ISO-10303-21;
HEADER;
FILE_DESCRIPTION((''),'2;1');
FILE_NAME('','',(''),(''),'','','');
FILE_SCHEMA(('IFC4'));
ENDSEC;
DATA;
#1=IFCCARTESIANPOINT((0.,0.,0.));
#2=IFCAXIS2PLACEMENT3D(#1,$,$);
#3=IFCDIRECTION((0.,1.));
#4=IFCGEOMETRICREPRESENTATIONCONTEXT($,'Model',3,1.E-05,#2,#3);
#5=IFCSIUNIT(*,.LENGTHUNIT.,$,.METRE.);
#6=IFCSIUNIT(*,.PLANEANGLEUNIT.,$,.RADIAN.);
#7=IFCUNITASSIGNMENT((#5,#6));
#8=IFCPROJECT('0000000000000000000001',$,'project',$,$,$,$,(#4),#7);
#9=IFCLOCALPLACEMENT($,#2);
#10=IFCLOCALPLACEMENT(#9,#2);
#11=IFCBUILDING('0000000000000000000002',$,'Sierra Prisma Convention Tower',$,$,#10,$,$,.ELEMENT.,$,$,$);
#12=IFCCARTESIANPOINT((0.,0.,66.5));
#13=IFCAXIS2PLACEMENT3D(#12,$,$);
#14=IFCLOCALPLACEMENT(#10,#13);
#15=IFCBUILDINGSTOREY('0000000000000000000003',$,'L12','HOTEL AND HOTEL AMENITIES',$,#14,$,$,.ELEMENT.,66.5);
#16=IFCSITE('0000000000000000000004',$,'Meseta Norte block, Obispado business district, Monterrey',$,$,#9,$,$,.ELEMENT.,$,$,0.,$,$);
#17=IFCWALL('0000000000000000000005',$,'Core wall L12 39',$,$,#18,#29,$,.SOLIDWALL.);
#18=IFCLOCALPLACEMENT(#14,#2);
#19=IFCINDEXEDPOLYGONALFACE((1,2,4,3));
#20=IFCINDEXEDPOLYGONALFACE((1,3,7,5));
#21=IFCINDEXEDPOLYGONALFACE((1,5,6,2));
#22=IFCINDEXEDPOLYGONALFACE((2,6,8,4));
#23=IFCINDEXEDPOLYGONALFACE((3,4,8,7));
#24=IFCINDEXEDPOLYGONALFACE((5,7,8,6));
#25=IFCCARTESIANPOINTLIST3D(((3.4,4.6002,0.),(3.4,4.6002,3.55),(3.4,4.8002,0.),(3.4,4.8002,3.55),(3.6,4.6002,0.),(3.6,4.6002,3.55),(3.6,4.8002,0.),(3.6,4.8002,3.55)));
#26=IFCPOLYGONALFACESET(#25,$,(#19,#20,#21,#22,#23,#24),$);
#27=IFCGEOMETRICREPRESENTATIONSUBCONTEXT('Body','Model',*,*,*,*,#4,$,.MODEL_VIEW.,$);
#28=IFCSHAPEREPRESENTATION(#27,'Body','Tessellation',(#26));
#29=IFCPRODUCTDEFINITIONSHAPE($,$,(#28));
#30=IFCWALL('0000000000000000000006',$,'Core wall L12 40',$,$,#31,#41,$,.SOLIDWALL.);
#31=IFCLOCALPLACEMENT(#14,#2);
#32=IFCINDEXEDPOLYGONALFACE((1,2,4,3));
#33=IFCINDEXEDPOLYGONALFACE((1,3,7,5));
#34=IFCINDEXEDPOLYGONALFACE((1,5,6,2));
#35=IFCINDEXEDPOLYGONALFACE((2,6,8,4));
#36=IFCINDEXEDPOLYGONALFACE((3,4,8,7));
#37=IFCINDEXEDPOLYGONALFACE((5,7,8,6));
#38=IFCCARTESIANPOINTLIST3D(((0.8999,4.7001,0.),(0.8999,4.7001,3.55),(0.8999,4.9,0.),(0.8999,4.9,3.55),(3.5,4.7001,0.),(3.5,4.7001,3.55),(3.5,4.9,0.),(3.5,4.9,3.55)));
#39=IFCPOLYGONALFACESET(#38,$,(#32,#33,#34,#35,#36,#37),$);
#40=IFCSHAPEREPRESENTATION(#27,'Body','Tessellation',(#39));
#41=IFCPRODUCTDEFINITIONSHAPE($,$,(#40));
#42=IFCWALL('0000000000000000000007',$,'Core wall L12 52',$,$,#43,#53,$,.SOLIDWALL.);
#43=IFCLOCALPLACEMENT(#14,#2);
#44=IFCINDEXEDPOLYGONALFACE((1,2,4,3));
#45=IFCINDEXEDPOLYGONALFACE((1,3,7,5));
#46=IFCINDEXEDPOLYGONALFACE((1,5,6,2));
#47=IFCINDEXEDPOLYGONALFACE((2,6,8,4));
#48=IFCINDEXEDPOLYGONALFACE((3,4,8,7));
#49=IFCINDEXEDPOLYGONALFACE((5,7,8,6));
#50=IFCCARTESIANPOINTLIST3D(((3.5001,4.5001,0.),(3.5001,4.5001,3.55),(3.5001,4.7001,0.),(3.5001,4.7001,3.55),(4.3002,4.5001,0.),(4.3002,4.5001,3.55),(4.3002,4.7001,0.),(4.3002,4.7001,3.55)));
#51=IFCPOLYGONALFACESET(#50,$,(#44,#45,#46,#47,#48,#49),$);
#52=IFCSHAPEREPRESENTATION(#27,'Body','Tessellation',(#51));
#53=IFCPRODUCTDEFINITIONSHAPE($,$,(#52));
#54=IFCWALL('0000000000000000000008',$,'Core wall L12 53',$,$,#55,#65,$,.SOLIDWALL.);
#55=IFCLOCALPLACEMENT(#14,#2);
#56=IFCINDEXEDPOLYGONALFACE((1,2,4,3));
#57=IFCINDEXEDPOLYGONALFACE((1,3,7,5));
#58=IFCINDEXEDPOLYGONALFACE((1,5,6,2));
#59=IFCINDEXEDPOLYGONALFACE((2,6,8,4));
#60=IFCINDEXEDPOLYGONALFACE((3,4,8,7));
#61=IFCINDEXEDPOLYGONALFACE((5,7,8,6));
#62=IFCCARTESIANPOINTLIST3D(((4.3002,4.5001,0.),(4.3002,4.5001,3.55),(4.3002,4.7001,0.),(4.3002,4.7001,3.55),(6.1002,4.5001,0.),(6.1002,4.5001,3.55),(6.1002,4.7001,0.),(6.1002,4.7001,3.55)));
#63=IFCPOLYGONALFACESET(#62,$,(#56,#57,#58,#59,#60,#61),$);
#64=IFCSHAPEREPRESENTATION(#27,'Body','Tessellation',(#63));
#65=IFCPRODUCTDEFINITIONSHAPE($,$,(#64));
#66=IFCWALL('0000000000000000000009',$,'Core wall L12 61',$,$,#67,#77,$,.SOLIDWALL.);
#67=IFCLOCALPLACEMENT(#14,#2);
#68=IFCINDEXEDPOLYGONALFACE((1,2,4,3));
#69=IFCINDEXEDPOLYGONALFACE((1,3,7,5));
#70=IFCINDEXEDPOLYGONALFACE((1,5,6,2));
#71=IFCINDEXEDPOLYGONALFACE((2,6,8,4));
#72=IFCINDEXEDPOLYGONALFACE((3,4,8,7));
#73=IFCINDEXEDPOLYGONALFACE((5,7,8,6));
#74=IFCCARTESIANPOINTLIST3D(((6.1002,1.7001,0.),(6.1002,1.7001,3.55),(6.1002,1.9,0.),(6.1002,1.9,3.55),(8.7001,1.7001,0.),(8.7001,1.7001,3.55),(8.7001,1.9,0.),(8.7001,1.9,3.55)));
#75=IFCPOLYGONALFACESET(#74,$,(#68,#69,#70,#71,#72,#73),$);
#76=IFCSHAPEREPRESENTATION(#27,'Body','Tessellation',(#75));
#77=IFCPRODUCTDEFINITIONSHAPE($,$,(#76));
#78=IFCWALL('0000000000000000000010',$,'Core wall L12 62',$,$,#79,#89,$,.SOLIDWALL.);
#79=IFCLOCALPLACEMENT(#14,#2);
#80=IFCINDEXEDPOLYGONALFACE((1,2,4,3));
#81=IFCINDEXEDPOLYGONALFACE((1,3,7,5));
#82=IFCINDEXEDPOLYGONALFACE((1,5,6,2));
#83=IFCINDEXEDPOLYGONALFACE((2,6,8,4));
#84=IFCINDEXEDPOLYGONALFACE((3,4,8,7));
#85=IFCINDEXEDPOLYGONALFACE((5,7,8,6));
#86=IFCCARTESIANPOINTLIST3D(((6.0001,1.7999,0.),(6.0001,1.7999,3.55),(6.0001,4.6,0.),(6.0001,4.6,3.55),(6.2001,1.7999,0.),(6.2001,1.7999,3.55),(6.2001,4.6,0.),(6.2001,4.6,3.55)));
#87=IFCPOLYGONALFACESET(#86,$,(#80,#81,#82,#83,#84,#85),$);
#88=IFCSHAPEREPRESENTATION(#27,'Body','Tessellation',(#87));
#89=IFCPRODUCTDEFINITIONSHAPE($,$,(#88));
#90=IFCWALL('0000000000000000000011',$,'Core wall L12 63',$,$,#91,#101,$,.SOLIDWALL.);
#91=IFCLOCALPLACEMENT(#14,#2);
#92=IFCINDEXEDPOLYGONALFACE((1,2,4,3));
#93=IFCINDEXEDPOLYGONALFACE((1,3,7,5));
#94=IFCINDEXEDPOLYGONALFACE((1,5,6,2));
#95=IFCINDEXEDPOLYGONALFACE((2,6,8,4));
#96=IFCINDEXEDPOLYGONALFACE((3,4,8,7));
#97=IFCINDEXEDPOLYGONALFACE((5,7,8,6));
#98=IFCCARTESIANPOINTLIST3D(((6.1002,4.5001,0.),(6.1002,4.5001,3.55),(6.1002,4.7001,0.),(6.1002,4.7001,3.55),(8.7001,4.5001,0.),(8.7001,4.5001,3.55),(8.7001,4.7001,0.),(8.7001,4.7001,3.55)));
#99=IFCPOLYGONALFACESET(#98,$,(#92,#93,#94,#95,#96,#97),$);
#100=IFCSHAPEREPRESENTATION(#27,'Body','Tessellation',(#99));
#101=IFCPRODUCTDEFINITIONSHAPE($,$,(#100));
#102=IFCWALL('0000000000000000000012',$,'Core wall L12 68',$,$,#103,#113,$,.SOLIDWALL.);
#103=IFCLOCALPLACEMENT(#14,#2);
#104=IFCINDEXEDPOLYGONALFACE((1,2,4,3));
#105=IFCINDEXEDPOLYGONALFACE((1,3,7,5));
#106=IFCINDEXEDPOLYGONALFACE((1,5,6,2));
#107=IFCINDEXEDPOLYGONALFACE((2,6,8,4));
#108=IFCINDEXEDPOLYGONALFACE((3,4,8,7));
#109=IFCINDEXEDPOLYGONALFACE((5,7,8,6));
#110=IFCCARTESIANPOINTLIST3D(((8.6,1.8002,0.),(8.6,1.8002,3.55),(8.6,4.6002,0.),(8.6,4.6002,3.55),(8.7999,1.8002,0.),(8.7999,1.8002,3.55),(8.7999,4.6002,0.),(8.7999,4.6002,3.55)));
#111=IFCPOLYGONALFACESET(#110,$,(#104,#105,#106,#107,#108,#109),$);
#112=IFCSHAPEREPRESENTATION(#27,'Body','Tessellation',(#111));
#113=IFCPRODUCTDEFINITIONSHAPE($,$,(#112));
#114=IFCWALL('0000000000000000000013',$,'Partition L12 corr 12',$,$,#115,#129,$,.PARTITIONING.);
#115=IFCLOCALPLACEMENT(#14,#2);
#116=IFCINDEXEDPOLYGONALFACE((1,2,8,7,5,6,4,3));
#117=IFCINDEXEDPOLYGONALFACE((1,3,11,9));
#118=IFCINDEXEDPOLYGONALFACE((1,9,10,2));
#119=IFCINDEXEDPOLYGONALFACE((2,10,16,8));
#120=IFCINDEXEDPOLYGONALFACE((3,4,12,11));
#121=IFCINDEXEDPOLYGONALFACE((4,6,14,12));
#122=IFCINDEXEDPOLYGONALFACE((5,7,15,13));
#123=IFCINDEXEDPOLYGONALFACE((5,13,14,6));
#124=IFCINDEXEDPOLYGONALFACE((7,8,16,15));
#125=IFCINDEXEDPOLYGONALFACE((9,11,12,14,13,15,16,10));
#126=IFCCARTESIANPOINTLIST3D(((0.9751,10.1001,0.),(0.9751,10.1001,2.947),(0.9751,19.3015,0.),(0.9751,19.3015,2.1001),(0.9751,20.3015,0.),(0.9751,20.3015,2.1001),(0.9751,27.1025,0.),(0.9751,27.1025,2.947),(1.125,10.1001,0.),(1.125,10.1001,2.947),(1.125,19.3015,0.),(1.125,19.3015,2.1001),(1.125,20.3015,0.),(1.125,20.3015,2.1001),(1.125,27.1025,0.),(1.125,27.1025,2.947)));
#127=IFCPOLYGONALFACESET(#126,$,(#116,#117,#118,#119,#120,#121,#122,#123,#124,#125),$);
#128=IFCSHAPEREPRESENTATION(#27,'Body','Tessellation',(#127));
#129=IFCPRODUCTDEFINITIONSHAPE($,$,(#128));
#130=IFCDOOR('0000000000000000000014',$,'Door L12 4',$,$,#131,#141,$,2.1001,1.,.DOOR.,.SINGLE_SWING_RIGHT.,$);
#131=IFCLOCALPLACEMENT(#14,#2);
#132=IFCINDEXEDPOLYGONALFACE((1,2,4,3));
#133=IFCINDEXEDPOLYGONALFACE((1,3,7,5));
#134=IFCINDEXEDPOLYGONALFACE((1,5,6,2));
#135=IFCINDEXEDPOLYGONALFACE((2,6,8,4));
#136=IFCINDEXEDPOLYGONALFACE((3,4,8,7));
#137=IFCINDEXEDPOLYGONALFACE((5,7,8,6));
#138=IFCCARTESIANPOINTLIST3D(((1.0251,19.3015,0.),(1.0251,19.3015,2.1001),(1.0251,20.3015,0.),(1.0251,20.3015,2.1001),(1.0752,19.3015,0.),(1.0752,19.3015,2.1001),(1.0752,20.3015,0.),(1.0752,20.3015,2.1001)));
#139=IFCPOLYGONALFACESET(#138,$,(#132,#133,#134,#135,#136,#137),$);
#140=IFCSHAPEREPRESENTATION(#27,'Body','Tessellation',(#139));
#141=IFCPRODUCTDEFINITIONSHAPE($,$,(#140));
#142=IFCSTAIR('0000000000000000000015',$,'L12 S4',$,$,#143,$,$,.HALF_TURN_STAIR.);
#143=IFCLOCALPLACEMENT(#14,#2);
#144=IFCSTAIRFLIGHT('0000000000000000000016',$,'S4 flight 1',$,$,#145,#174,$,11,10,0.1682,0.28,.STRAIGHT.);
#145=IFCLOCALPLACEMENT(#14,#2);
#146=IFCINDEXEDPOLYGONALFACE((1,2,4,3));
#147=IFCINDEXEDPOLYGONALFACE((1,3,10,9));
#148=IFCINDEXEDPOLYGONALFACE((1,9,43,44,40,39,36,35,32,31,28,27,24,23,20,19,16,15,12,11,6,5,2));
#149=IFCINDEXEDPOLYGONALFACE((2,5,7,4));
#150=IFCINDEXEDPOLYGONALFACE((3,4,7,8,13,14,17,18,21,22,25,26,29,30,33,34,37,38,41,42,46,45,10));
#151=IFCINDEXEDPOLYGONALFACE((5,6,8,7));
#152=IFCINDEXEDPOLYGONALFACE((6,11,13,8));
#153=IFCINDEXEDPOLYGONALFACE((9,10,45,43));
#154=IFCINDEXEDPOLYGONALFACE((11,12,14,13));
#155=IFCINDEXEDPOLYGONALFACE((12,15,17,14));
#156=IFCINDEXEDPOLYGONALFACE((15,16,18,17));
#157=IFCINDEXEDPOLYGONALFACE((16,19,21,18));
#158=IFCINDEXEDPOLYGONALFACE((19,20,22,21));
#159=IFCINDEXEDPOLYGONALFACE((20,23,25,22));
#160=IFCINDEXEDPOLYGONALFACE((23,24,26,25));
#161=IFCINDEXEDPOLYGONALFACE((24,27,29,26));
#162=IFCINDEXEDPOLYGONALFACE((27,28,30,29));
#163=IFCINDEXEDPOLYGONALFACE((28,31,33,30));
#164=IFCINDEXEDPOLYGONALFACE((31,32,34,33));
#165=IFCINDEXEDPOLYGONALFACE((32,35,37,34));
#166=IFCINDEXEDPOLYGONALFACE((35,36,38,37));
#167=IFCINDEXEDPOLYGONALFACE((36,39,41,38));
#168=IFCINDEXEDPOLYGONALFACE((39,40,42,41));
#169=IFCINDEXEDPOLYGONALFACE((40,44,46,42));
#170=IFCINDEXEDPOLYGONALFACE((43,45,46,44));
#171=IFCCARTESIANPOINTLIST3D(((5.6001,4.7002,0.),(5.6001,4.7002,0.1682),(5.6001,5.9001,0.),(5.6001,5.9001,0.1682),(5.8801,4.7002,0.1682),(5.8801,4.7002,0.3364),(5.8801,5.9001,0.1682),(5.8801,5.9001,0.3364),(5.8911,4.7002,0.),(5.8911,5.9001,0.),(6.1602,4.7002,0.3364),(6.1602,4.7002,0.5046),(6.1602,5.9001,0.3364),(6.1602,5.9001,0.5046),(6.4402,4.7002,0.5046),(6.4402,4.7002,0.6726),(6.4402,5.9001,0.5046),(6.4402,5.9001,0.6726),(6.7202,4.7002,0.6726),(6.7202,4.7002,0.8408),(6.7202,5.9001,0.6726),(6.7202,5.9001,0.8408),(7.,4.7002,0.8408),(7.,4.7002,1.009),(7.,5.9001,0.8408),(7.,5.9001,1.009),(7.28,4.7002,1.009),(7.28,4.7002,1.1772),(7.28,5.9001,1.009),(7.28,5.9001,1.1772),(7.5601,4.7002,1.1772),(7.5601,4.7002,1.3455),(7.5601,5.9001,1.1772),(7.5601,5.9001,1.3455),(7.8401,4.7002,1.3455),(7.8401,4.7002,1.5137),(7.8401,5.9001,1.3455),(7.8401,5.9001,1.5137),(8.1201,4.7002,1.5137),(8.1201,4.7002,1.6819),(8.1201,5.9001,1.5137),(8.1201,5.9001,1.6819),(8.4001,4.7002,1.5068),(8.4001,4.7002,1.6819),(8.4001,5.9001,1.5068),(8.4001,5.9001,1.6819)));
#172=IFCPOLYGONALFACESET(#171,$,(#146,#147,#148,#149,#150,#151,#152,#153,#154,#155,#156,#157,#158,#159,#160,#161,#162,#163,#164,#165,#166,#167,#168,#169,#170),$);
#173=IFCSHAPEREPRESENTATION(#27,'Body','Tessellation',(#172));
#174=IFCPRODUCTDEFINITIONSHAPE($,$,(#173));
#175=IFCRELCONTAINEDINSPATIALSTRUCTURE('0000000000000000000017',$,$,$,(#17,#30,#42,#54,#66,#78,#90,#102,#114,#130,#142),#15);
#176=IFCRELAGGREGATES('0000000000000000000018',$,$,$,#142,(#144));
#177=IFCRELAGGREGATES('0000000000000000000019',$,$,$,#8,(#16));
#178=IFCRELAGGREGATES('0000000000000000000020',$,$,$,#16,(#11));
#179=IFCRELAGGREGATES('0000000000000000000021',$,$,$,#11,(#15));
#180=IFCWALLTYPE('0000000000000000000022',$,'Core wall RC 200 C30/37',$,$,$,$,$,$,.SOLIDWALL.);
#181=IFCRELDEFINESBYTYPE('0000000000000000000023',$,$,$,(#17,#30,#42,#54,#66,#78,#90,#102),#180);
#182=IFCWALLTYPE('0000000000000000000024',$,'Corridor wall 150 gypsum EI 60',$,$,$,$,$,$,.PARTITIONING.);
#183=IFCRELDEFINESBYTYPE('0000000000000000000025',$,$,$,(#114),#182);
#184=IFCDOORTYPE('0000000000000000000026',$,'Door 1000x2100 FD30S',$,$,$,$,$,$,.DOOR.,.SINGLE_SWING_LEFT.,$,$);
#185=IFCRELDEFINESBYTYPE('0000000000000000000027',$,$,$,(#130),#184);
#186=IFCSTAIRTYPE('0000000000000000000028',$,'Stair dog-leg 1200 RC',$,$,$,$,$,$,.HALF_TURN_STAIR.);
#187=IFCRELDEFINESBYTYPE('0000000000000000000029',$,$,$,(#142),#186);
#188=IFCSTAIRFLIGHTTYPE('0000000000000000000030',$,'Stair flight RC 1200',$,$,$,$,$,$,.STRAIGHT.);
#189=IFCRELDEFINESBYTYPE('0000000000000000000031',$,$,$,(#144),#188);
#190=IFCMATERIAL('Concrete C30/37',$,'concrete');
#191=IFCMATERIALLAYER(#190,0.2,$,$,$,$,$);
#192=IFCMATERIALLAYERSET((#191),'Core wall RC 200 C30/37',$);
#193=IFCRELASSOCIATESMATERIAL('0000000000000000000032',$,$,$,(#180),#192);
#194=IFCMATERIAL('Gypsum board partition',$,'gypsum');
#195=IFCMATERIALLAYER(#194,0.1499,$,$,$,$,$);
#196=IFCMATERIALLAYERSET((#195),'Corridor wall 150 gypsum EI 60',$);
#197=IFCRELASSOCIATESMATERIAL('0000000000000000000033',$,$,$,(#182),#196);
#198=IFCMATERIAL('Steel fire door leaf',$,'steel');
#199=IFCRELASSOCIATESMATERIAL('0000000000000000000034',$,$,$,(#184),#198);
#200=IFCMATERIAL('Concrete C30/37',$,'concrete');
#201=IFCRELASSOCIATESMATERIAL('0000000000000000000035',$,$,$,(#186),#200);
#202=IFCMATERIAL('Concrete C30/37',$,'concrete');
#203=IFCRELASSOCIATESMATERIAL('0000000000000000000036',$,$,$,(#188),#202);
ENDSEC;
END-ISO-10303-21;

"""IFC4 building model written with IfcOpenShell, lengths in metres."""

from ifc_helpers import new_model, si_unit, direction, frame, frame_2d, origin, place, context, subcontext, project, spatial, polyline, rectangle, outline, extrude, material, layer, layer_set, type_object, element, fill, aggregate, save


model = new_model("IFC4")

# Units and contexts
model_context = context("Model", 3, precision=1e-05, world=origin(), true_north=direction((0.0, 1.0)))
body_context = subcontext(model_context, "Body", "Model", "MODEL_VIEW")
ifc_project = project(units=[si_unit("LENGTHUNIT", "METRE"), si_unit("PLANEANGLEUNIT", "RADIAN")], contexts=[model_context])

# Site, building, storey
site_placement = place(None, origin())
site = spatial("IfcSite", under=ifc_project, at=site_placement, Name="Meseta Norte block, Obispado business district, Monterrey", CompositionType="ELEMENT", RefElevation=0.0)
building_placement = place(site_placement, origin())
building = spatial("IfcBuilding", under=site, at=building_placement, Name="Sierra Prisma Convention Tower", CompositionType="ELEMENT")
storey_placement = place(building_placement, frame((0.0, 0.0, 66.5)))
storey = spatial("IfcBuildingStorey", under=building, at=storey_placement, Name="L12", Description="HOTEL AND HOTEL AMENITIES", CompositionType="ELEMENT", Elevation=66.5)

# Walls
ifc_material_1 = material(Name="Concrete C30/37", Category="concrete")
ifc_layer_1 = layer(ifc_material_1, 0.2)
ifc_layer_set_1 = layer_set([ifc_layer_1], Name="Core wall RC 200 C30/37")
wall_type_1 = type_object("IfcWallType", Name="Core wall RC 200 C30/37", PredefinedType="SOLIDWALL", material=ifc_layer_set_1)
wall_1_placement = place(storey_placement, frame((3.5, 4.6001, 0.0), z_axis=(0.0, 0.0, 1.0), x_axis=(0.0, 1.0, 0.0)))
element("IfcWall", 1, at=wall_1_placement, inside=storey, type_object=wall_type_1, Name="Core wall L12 39", PredefinedType="SOLIDWALL", context=body_context, shape_type="SweptSolid", body=[
    extrude(rectangle(XDim=0.2, YDim=0.2, at=frame_2d((0.1001, 0.0))), origin(), (0.0, 0.0, 1.0), 3.55),
])
wall_2_placement = place(storey_placement, frame((3.5, 4.8, 0.0), z_axis=(0.0, 0.0, 1.0), x_axis=(-1.0, 0.0, 0.0)))
element("IfcWall", 2, at=wall_2_placement, inside=storey, type_object=wall_type_1, Name="Core wall L12 40", PredefinedType="SOLIDWALL", context=body_context, shape_type="SweptSolid", body=[
    extrude(rectangle(XDim=2.6001, YDim=0.2, at=frame_2d((1.3, 0.0))), origin(), (0.0, 0.0, 1.0), 3.55),
])

# Walls
wall_3_placement = place(storey_placement, frame((4.3, 4.6001, 0.0), z_axis=(0.0, 0.0, 1.0), x_axis=(-1.0, 0.0, 0.0)))
element("IfcWall", 3, at=wall_3_placement, inside=storey, type_object=wall_type_1, Name="Core wall L12 52", PredefinedType="SOLIDWALL", context=body_context, shape_type="SweptSolid", body=[
    extrude(rectangle(XDim=0.8, YDim=0.2, at=frame_2d((0.3999, 0.0))), origin(), (0.0, 0.0, 1.0), 3.55),
])
wall_4_placement = place(storey_placement, frame((6.1001, 4.6001, 0.0), z_axis=(0.0, 0.0, 1.0), x_axis=(-1.0, 0.0, 0.0)))
element("IfcWall", 4, at=wall_4_placement, inside=storey, type_object=wall_type_1, Name="Core wall L12 53", PredefinedType="SOLIDWALL", context=body_context, shape_type="SweptSolid", body=[
    extrude(rectangle(XDim=1.8, YDim=0.2, at=frame_2d((0.8999, 0.0))), origin(), (0.0, 0.0, 1.0), 3.55),
])

# Walls
wall_5_placement = place(storey_placement, frame((8.7, 1.8, 0.0), z_axis=(0.0, 0.0, 1.0), x_axis=(-1.0, 0.0, 0.0)))
element("IfcWall", 5, at=wall_5_placement, inside=storey, type_object=wall_type_1, Name="Core wall L12 61", PredefinedType="SOLIDWALL", context=body_context, shape_type="SweptSolid", body=[
    extrude(rectangle(XDim=2.5999, YDim=0.2, at=frame_2d((1.2998, 0.0))), origin(), (0.0, 0.0, 1.0), 3.55),
])
wall_6_placement = place(storey_placement, frame((6.1001, 1.8, 0.0), z_axis=(0.0, 0.0, 1.0), x_axis=(0.0, 1.0, 0.0)))
element("IfcWall", 6, at=wall_6_placement, inside=storey, type_object=wall_type_1, Name="Core wall L12 62", PredefinedType="SOLIDWALL", context=body_context, shape_type="SweptSolid", body=[
    extrude(rectangle(XDim=2.8, YDim=0.2, at=frame_2d((1.3999, 0.0))), origin(), (0.0, 0.0, 1.0), 3.55),
])
wall_7_placement = place(storey_placement, frame((8.7, 4.6001, 0.0), z_axis=(0.0, 0.0, 1.0), x_axis=(-1.0, 0.0, 0.0)))
element("IfcWall", 7, at=wall_7_placement, inside=storey, type_object=wall_type_1, Name="Core wall L12 63", PredefinedType="SOLIDWALL", context=body_context, shape_type="SweptSolid", body=[
    extrude(rectangle(XDim=2.5999, YDim=0.2, at=frame_2d((1.2998, 0.0))), origin(), (0.0, 0.0, 1.0), 3.55),
])
wall_8_placement = place(storey_placement, frame((8.7, 4.6001, 0.0), z_axis=(0.0, 0.0, 1.0), x_axis=(0.0, -1.0, 0.0)))
element("IfcWall", 8, at=wall_8_placement, inside=storey, type_object=wall_type_1, Name="Core wall L12 68", PredefinedType="SOLIDWALL", context=body_context, shape_type="SweptSolid", body=[
    extrude(rectangle(XDim=2.8, YDim=0.2, at=frame_2d((1.3999, 0.0))), origin(), (0.0, 0.0, 1.0), 3.55),
])

# Wall, opening, door
ifc_material_2 = material(Name="Gypsum board partition", Category="gypsum")
ifc_layer_2 = layer(ifc_material_2, 0.1499)
ifc_layer_set_2 = layer_set([ifc_layer_2], Name="Corridor wall 150 gypsum EI 60")
wall_type_2 = type_object("IfcWallType", Name="Corridor wall 150 gypsum EI 60", PredefinedType="PARTITIONING", material=ifc_layer_set_2)
wall_9_placement = place(storey_placement, frame((1.05, 10.1001, 0.0), z_axis=(0.0, 0.0, 1.0), x_axis=(0.0, 1.0, 0.0)))
wall_9 = element("IfcWall", 9, at=wall_9_placement, inside=storey, type_object=wall_type_2, Name="Partition L12 corr 12", PredefinedType="PARTITIONING", context=body_context, shape_type="SweptSolid", body=[
    extrude(rectangle(XDim=17.0024, YDim=0.1499, at=frame_2d((8.5012, 0.0))), origin(), (0.0, 0.0, 1.0), 2.947),
])
opening_1_placement = place(wall_9_placement, frame((9.2014, 0.0, 0.0)))
opening_1 = element("IfcOpeningElement", 10, at=opening_1_placement, cuts=wall_9, PredefinedType="OPENING", context=body_context, shape_type="SweptSolid", body=[
    extrude(rectangle(XDim=1.0, YDim=2.1001, at=frame_2d((0.5, 1.05))), frame((0.0, 0.075, 0.0), z_axis=(0.0, -1.0, 0.0), x_axis=(1.0, 0.0, 0.0)), (0.0, 0.0, 1.0), 0.1499),
])
ifc_material_3 = material(Name="Steel fire door leaf", Category="steel")
door_type_1 = type_object("IfcDoorType", Name="Door 1000x2100 FD30S", OperationType="SINGLE_SWING_LEFT", PredefinedType="DOOR", material=ifc_material_3)
door_1_placement = place(opening_1_placement, origin())
door_1 = element("IfcDoor", 11, at=door_1_placement, inside=storey, type_object=door_type_1, Name="Door L12 4", OperationType="SINGLE_SWING_RIGHT", OverallHeight=2.1001, OverallWidth=1.0, PredefinedType="DOOR", context=body_context, shape_type="SweptSolid", body=[
    extrude(rectangle(XDim=1.0, YDim=2.1001, at=frame_2d((0.5, 1.05))), frame((0.0, 0.0249, 0.0), z_axis=(0.0, -1.0, 0.0), x_axis=(1.0, 0.0, 0.0)), (0.0, 0.0, 1.0), 0.05),
])
fill(opening_1, door_1)

# Stair, stair flight
ifc_material_4 = material(Name="Concrete C30/37", Category="concrete")
stair_type = type_object("IfcStairType", Name="Stair dog-leg 1200 RC", PredefinedType="HALF_TURN_STAIR", material=ifc_material_4)
stair_placement = place(storey_placement, origin())
stair = element("IfcStair", 12, at=stair_placement, inside=storey, type_object=stair_type, Name="L12 S4", PredefinedType="HALF_TURN_STAIR")
ifc_material_5 = material(Name="Concrete C30/37", Category="concrete")
stair_flight_type = type_object("IfcStairFlightType", Name="Stair flight RC 1200", PredefinedType="STRAIGHT", material=ifc_material_5)
stair_flight_1_placement = place(storey_placement, frame((5.6001, 5.3, 0.0), z_axis=(0.0, 0.0, 1.0), x_axis=(1.0, 0.0, 0.0)))
stair_flight_1 = element("IfcStairFlight", 13, at=stair_flight_1_placement, type_object=stair_flight_type, Name="S4 flight 1", NumberOfRisers=11, NumberOfTreads=10, PredefinedType="STRAIGHT", RiserHeight=0.1682, TreadLength=0.28, context=body_context, shape_type="SweptSolid", body=[
    extrude(outline(polyline([(0.0, 0.0), (0.0, 0.1682), (0.28, 0.1682), (0.28, 0.3364), (0.5601, 0.3364), (0.5601, 0.5046), (0.8401, 0.5046), (0.8401, 0.6726), (1.1201, 0.6726), (1.1201, 0.8408), (1.3999, 0.8408), (1.3999, 1.009), (1.6799, 1.009), (1.6799, 1.1772), (1.96, 1.1772), (1.96, 1.3455), (2.24, 1.3455), (2.24, 1.5137), (2.52, 1.5137), (2.52, 1.6819), (2.8, 1.6819), (2.8, 1.8501), (2.8, 1.5068), (0.291, 0.0), (0.0, 0.0)])), frame((0.0, 0.6001, 0.0), z_axis=(0.0, -1.0, 0.0), x_axis=(1.0, 0.0, 0.0)), (0.0, 0.0, 1.0), 1.2),
])
aggregate(stair, [stair_flight_1])

save(model, "model.ifc")
